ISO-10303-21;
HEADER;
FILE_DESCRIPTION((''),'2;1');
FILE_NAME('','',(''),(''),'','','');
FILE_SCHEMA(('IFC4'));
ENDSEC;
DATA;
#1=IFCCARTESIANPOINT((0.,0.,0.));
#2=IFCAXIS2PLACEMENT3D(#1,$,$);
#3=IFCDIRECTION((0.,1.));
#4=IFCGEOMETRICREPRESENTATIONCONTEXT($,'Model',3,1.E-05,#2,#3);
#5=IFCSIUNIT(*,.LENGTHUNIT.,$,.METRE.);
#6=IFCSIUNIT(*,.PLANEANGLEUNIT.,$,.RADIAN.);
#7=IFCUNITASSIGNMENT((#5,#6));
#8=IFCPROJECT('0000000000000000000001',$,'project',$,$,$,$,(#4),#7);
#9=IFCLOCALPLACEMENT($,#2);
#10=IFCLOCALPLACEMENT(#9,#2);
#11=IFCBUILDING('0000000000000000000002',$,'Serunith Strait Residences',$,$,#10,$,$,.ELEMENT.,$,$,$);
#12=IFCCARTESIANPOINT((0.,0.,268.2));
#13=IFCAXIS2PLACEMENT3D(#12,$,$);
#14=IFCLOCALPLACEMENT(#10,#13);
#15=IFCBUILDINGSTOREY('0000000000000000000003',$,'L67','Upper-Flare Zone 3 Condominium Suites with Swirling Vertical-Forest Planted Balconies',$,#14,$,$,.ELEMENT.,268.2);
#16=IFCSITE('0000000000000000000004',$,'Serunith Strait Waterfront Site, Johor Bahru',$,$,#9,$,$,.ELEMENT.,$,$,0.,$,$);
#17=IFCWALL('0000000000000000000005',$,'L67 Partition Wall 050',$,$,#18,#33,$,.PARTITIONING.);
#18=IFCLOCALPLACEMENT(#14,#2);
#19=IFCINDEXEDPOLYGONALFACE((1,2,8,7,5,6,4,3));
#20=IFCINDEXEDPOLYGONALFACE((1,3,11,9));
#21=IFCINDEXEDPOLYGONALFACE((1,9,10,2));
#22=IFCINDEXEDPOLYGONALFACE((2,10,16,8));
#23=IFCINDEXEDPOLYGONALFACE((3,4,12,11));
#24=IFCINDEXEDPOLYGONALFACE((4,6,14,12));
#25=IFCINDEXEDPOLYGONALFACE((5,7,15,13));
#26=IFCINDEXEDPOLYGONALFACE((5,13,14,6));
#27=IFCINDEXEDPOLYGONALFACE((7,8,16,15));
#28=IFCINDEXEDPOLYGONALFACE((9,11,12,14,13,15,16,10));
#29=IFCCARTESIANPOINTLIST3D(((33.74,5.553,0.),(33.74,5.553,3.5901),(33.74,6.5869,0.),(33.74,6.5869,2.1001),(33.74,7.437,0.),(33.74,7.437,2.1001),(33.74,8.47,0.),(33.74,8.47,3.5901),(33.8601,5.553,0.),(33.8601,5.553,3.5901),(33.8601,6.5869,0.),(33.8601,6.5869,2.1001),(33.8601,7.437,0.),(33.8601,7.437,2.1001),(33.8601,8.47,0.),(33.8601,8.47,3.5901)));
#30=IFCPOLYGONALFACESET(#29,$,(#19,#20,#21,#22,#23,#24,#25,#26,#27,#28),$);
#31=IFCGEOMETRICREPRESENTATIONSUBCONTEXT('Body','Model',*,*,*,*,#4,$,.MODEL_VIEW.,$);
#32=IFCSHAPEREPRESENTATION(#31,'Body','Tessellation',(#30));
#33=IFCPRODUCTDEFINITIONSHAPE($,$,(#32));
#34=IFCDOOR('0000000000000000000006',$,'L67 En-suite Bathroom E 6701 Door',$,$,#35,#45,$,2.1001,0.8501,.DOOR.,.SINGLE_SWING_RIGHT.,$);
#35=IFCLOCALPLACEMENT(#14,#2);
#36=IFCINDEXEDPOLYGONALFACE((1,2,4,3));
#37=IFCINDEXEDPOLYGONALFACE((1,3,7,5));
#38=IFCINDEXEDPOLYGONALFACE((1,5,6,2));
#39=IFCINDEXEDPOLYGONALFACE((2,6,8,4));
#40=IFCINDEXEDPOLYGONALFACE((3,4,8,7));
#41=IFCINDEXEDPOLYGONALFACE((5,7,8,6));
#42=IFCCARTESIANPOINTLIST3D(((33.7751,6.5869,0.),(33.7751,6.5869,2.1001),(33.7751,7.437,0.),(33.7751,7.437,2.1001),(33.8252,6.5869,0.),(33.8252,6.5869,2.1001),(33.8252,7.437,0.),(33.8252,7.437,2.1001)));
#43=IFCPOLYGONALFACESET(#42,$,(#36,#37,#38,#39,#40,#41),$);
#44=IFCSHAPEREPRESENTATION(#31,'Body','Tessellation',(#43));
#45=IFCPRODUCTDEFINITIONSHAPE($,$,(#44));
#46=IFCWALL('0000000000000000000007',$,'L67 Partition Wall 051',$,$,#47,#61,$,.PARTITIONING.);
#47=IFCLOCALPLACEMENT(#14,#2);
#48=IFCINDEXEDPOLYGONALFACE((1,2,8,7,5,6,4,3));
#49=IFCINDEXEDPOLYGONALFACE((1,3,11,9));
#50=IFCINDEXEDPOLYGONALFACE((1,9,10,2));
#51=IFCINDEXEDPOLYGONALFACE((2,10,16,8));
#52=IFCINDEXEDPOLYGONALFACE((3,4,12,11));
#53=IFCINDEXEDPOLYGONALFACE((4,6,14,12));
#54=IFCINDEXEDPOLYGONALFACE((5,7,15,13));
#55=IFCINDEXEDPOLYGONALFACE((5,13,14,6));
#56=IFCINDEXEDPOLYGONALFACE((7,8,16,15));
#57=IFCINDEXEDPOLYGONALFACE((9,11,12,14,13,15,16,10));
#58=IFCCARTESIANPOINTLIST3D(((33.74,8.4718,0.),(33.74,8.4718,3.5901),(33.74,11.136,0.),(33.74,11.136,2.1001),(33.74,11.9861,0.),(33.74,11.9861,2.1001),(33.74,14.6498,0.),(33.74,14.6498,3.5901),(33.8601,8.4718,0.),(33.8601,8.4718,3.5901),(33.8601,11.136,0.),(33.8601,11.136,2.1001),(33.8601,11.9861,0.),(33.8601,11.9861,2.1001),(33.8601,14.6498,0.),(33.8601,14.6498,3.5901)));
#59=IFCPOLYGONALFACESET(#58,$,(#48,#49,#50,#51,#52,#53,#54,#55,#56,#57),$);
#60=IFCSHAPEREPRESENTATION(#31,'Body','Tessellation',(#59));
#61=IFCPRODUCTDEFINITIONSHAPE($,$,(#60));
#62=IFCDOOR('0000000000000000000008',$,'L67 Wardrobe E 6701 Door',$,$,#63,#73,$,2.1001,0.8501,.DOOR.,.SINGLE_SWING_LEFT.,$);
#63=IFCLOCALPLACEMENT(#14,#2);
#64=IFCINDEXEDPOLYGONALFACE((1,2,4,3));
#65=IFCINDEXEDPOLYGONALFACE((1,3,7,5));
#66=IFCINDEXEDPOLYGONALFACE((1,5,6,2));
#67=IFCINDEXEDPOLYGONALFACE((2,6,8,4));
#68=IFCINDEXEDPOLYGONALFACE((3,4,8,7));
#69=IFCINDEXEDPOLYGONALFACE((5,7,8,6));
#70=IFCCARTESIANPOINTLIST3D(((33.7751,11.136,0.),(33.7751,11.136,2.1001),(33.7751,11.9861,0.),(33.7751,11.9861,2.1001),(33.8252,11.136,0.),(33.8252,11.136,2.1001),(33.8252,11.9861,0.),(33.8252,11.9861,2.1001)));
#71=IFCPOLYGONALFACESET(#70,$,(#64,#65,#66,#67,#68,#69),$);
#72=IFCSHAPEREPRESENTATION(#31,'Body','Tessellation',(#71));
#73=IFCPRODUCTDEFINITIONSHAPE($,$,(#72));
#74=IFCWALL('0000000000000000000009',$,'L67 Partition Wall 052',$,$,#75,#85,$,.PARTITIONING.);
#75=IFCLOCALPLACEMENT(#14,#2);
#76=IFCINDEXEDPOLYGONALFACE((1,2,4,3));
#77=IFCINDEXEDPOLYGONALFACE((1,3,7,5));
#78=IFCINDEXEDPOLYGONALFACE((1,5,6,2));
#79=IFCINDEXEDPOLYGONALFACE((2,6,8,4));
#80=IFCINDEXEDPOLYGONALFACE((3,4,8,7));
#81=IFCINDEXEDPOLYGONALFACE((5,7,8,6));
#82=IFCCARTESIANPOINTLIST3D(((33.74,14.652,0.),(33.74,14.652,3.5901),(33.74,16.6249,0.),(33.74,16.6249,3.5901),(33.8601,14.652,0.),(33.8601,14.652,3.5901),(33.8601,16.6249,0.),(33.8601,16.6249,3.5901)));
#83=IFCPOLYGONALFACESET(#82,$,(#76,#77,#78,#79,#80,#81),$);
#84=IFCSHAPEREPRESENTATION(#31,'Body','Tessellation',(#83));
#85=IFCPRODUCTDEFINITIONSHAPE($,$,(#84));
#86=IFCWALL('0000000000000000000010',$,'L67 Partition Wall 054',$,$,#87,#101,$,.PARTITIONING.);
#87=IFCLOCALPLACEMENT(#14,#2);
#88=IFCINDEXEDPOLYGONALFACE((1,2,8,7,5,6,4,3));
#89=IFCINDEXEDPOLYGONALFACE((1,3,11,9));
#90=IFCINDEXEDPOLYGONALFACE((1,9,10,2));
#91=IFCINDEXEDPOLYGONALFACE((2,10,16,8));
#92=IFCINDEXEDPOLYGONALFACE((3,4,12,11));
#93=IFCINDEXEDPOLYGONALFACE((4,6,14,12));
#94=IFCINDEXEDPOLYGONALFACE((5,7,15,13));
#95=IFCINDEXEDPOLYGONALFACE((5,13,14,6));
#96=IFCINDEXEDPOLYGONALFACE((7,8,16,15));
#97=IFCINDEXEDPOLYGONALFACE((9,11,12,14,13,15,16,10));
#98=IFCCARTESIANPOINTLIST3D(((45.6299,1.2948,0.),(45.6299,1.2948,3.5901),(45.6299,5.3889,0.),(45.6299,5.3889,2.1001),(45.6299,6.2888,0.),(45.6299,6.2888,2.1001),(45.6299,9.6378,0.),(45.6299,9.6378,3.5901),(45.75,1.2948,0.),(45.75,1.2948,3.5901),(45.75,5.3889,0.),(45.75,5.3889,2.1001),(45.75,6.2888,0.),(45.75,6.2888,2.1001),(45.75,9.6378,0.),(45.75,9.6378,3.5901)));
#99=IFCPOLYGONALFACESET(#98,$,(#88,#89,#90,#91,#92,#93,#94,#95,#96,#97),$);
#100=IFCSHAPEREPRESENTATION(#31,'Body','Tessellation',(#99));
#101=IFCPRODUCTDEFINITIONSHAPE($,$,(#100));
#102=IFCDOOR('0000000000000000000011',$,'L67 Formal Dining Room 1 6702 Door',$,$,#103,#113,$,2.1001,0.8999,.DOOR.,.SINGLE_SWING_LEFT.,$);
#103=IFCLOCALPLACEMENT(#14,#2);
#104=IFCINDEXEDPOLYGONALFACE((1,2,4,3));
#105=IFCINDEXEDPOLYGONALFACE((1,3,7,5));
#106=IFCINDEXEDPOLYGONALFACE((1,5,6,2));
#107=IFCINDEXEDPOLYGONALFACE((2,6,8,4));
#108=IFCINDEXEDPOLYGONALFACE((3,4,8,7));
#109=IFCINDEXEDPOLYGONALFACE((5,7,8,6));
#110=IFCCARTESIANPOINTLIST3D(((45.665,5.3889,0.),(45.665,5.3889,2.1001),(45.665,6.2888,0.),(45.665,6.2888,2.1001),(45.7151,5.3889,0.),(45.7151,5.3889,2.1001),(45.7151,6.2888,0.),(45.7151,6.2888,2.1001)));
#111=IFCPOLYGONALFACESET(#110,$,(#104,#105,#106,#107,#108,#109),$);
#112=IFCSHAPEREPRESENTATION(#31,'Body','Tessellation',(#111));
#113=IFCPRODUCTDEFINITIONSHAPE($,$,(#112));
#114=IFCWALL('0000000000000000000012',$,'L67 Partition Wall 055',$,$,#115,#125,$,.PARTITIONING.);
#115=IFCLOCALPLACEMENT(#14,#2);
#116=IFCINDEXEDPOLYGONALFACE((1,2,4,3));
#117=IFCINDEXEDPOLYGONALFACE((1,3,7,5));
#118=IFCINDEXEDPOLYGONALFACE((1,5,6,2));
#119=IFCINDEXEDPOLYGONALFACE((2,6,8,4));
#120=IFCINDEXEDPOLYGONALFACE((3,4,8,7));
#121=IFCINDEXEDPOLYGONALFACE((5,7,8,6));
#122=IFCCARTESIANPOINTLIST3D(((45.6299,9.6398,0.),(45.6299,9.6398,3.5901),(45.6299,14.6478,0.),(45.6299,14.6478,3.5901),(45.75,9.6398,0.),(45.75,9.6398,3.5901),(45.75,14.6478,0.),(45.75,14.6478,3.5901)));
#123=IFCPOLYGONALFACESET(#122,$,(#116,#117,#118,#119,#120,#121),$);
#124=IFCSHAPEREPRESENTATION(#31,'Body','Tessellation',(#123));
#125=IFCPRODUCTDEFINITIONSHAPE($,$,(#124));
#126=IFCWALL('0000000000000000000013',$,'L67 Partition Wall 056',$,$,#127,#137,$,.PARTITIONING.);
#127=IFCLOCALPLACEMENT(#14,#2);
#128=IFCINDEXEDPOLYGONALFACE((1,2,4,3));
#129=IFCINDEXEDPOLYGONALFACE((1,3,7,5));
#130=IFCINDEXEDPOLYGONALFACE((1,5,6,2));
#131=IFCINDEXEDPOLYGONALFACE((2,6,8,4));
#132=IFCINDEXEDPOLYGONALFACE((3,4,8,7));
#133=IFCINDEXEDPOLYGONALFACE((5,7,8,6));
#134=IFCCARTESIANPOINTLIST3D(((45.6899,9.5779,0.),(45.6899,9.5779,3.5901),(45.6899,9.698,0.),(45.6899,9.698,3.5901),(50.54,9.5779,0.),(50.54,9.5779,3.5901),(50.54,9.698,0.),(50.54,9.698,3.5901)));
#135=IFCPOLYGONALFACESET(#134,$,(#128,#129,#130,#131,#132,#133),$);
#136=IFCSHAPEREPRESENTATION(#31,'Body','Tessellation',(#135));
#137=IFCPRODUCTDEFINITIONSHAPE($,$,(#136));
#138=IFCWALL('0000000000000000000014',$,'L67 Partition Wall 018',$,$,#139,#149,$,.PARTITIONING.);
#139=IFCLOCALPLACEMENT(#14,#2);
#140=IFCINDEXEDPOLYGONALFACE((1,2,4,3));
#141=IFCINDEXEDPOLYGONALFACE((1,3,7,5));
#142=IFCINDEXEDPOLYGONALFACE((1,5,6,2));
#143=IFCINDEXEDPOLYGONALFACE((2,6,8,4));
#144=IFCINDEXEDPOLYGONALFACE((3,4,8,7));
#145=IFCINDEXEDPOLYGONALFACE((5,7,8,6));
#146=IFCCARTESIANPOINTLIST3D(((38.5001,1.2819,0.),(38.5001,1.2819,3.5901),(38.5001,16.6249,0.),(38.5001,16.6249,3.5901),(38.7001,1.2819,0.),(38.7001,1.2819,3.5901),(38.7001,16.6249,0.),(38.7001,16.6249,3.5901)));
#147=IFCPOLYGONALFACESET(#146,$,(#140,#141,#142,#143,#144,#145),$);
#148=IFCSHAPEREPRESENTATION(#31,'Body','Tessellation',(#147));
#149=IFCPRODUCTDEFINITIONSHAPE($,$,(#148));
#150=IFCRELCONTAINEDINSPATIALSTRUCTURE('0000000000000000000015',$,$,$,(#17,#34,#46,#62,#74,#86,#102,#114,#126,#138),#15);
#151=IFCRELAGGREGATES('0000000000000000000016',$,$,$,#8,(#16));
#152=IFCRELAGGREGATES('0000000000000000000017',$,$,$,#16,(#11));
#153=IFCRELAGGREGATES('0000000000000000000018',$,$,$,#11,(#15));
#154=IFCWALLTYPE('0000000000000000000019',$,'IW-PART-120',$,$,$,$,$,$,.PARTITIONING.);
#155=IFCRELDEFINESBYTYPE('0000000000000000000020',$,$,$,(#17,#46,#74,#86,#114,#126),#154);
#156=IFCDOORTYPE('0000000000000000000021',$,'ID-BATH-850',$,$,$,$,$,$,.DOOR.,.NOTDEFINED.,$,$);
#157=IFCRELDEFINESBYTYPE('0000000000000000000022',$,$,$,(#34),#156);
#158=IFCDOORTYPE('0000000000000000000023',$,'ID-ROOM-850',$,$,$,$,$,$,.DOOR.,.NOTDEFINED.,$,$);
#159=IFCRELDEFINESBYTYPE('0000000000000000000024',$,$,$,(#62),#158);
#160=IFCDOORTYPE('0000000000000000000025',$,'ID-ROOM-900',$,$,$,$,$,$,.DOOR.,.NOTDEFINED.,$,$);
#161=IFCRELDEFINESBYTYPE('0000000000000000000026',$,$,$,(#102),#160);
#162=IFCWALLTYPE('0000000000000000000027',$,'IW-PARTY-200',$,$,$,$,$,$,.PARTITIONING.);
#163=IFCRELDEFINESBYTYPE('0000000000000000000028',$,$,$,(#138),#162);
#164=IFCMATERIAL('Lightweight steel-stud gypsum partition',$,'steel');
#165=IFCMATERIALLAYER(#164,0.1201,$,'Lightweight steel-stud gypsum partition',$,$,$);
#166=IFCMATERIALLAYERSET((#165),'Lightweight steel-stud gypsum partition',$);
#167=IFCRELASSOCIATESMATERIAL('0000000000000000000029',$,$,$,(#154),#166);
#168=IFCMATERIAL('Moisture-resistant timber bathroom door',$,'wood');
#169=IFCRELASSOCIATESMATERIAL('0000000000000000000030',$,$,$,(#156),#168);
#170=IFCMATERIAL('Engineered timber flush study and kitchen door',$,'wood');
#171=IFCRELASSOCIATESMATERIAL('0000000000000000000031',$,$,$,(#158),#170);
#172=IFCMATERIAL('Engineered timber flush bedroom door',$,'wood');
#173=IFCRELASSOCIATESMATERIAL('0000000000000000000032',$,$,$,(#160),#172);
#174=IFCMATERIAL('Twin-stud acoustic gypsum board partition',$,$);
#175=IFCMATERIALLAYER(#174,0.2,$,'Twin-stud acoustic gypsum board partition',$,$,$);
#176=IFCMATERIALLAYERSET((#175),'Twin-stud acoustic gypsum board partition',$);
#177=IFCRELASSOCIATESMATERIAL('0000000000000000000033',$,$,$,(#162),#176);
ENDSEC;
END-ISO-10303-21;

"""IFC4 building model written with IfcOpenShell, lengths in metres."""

from ifc_helpers import new_model, si_unit, direction, frame, frame_2d, origin, place, context, subcontext, project, spatial, rectangle, extrude, source, transform, mapped, material, layer, layer_set, type_object, element, fill, save


model = new_model("IFC4")

# Units and contexts
model_context = context("Model", 3, precision=1e-05, world=origin(), true_north=direction((0.0, 1.0)))
body_context = subcontext(model_context, "Body", "Model", "MODEL_VIEW")
ifc_project = project(units=[si_unit("LENGTHUNIT", "METRE"), si_unit("PLANEANGLEUNIT", "RADIAN")], contexts=[model_context])

# Site, building, storey
site_placement = place(None, origin())
site = spatial("IfcSite", under=ifc_project, at=site_placement, Name="Serunith Strait Waterfront Site, Johor Bahru", CompositionType="ELEMENT", RefElevation=0.0)
building_placement = place(site_placement, origin())
building = spatial("IfcBuilding", under=site, at=building_placement, Name="Serunith Strait Residences", CompositionType="ELEMENT")
storey_placement = place(building_placement, frame((0.0, 0.0, 268.2)))
storey = spatial("IfcBuildingStorey", under=building, at=storey_placement, Name="L67", Description="Upper-Flare Zone 3 Condominium Suites with Swirling Vertical-Forest Planted Balconies", CompositionType="ELEMENT", Elevation=268.2)

# Shared definitions
ifc_material_1 = material(Name="Lightweight steel-stud gypsum partition", Category="steel")
ifc_layer_1 = layer(ifc_material_1, 0.1201, Name="Lightweight steel-stud gypsum partition")
ifc_layer_set_1 = layer_set([ifc_layer_1], Name="Lightweight steel-stud gypsum partition")
wall_type_1 = type_object("IfcWallType", Name="IW-PART-120", PredefinedType="PARTITIONING", material=ifc_layer_set_1)

# Walls, openings, doors
wall_1_placement = place(storey_placement, frame((33.8, 5.553, 0.0), z_axis=(0.0, 0.0, 1.0), x_axis=(0.0, 1.0, 0.0)))
wall_1 = element("IfcWall", 1, at=wall_1_placement, inside=storey, type_object=wall_type_1, Name="L67 Partition Wall 050", PredefinedType="PARTITIONING", context=body_context, shape_type="SweptSolid", body=[
    extrude(rectangle(XDim=2.917, YDim=0.1201, at=frame_2d((1.4585, 0.0))), origin(), (0.0, 0.0, 1.0), 3.5901),
])
opening_1_placement = place(wall_1_placement, frame((1.0339, 0.0, 0.0)))
opening_1 = element("IfcOpeningElement", 2, at=opening_1_placement, cuts=wall_1, PredefinedType="OPENING", context=body_context, shape_type="SweptSolid", body=[
    extrude(rectangle(XDim=0.8501, YDim=2.1001, at=frame_2d((0.425, 1.05))), frame((0.0, 0.0701, 0.0), z_axis=(0.0, -1.0, 0.0), x_axis=(1.0, 0.0, 0.0)), (0.0, 0.0, 1.0), 0.1401),
])
ifc_material_2 = material(Name="Moisture-resistant timber bathroom door", Category="wood")
door_type_1 = type_object("IfcDoorType", Name="ID-BATH-850", OperationType="NOTDEFINED", PredefinedType="DOOR", material=ifc_material_2)
shared_shape_1 = source(origin(), body_context, "Body", "SweptSolid", [
    extrude(rectangle(XDim=0.8501, YDim=2.1001, at=frame_2d((0.425, 1.05))), frame((0.0, 0.0249, 0.0), z_axis=(0.0, -1.0, 0.0), x_axis=(1.0, 0.0, 0.0)), (0.0, 0.0, 1.0), 0.05),
])
door_1_placement = place(opening_1_placement, origin())
door_1 = element("IfcDoor", 3, at=door_1_placement, inside=storey, type_object=door_type_1, Name="L67 En-suite Bathroom E 6701 Door", OperationType="SINGLE_SWING_RIGHT", OverallHeight=2.1001, OverallWidth=0.8501, PredefinedType="DOOR", context=body_context, shape_type="MappedRepresentation", body=[
    mapped(shared_shape_1, transform((0.0, 0.0, 0.0), scale=1.0)),
])
fill(opening_1, door_1)
wall_2_placement = place(storey_placement, frame((33.8, 8.4719, 0.0), z_axis=(0.0, 0.0, 1.0), x_axis=(0.0, 1.0, 0.0)))
wall_2 = element("IfcWall", 4, at=wall_2_placement, inside=storey, type_object=wall_type_1, Name="L67 Partition Wall 051", PredefinedType="PARTITIONING", context=body_context, shape_type="SweptSolid", body=[
    extrude(rectangle(XDim=6.178, YDim=0.1201, at=frame_2d((3.0889, 0.0))), origin(), (0.0, 0.0, 1.0), 3.5901),
])
opening_2_placement = place(wall_2_placement, frame((2.6641, 0.0, 0.0)))
opening_2 = element("IfcOpeningElement", 5, at=opening_2_placement, cuts=wall_2, PredefinedType="OPENING", context=body_context, shape_type="SweptSolid", body=[
    extrude(rectangle(XDim=0.8501, YDim=2.1001, at=frame_2d((0.425, 1.05))), frame((0.0, 0.0701, 0.0), z_axis=(0.0, -1.0, 0.0), x_axis=(1.0, 0.0, 0.0)), (0.0, 0.0, 1.0), 0.1401),
])
ifc_material_3 = material(Name="Engineered timber flush study and kitchen door", Category="wood")
door_type_2 = type_object("IfcDoorType", Name="ID-ROOM-850", OperationType="NOTDEFINED", PredefinedType="DOOR", material=ifc_material_3)
door_2_placement = place(opening_2_placement, origin())
door_2 = element("IfcDoor", 6, at=door_2_placement, inside=storey, type_object=door_type_2, Name="L67 Wardrobe E 6701 Door", OperationType="SINGLE_SWING_LEFT", OverallHeight=2.1001, OverallWidth=0.8501, PredefinedType="DOOR", context=body_context, shape_type="MappedRepresentation", body=[
    mapped(shared_shape_1, transform((0.0, 0.0, 0.0), scale=1.0)),
])
fill(opening_2, door_2)

# Wall
wall_3_placement = place(storey_placement, frame((33.8, 14.6521, 0.0), z_axis=(0.0, 0.0, 1.0), x_axis=(0.0, 1.0, 0.0)))
element("IfcWall", 7, at=wall_3_placement, inside=storey, type_object=wall_type_1, Name="L67 Partition Wall 052", PredefinedType="PARTITIONING", context=body_context, shape_type="SweptSolid", body=[
    extrude(rectangle(XDim=1.9729, YDim=0.1201, at=frame_2d((0.9863, 0.0))), origin(), (0.0, 0.0, 1.0), 3.5901),
])

# Wall, opening, door
wall_4_placement = place(storey_placement, frame((45.6899, 1.2949, 0.0), z_axis=(0.0, 0.0, 1.0), x_axis=(0.0, 1.0, 0.0)))
wall_4 = element("IfcWall", 8, at=wall_4_placement, inside=storey, type_object=wall_type_1, Name="L67 Partition Wall 054", PredefinedType="PARTITIONING", context=body_context, shape_type="SweptSolid", body=[
    extrude(rectangle(XDim=8.343, YDim=0.1201, at=frame_2d((4.1714, 0.0))), origin(), (0.0, 0.0, 1.0), 3.5901),
])
opening_3_placement = place(wall_4_placement, frame((4.094, 0.0, 0.0)))
opening_3 = element("IfcOpeningElement", 9, at=opening_3_placement, cuts=wall_4, PredefinedType="OPENING", context=body_context, shape_type="SweptSolid", body=[
    extrude(rectangle(XDim=0.8999, YDim=2.1001, at=frame_2d((0.45, 1.05))), frame((0.0, 0.0701, 0.0), z_axis=(0.0, -1.0, 0.0), x_axis=(1.0, 0.0, 0.0)), (0.0, 0.0, 1.0), 0.1401),
])
ifc_material_4 = material(Name="Engineered timber flush bedroom door", Category="wood")
door_type_3 = type_object("IfcDoorType", Name="ID-ROOM-900", OperationType="NOTDEFINED", PredefinedType="DOOR", material=ifc_material_4)
shared_shape_2 = source(origin(), body_context, "Body", "SweptSolid", [
    extrude(rectangle(XDim=0.8999, YDim=2.1001, at=frame_2d((0.45, 1.05))), frame((0.0, 0.0249, 0.0), z_axis=(0.0, -1.0, 0.0), x_axis=(1.0, 0.0, 0.0)), (0.0, 0.0, 1.0), 0.05),
])
door_3_placement = place(opening_3_placement, origin())
door_3 = element("IfcDoor", 10, at=door_3_placement, inside=storey, type_object=door_type_3, Name="L67 Formal Dining Room 1 6702 Door", OperationType="SINGLE_SWING_LEFT", OverallHeight=2.1001, OverallWidth=0.8999, PredefinedType="DOOR", context=body_context, shape_type="MappedRepresentation", body=[
    mapped(shared_shape_2, transform((0.0, 0.0, 0.0), scale=1.0)),
])
fill(opening_3, door_3)

# Walls
wall_5_placement = place(storey_placement, frame((45.6899, 9.6399, 0.0), z_axis=(0.0, 0.0, 1.0), x_axis=(0.0, 1.0, 0.0)))
element("IfcWall", 11, at=wall_5_placement, inside=storey, type_object=wall_type_1, Name="L67 Partition Wall 055", PredefinedType="PARTITIONING", context=body_context, shape_type="SweptSolid", body=[
    extrude(rectangle(XDim=5.0081, YDim=0.1201, at=frame_2d((2.5039, 0.0))), origin(), (0.0, 0.0, 1.0), 3.5901),
])
wall_6_placement = place(storey_placement, frame((45.6899, 9.6379, 0.0), z_axis=(0.0, 0.0, 1.0), x_axis=(1.0, 0.0, 0.0)))
element("IfcWall", 12, at=wall_6_placement, inside=storey, type_object=wall_type_1, Name="L67 Partition Wall 056", PredefinedType="PARTITIONING", context=body_context, shape_type="SweptSolid", body=[
    extrude(rectangle(XDim=4.8501, YDim=0.1201, at=frame_2d((2.425, 0.0))), origin(), (0.0, 0.0, 1.0), 3.5901),
])
ifc_material_5 = material(Name="Twin-stud acoustic gypsum board partition")
ifc_layer_2 = layer(ifc_material_5, 0.2, Name="Twin-stud acoustic gypsum board partition")
ifc_layer_set_2 = layer_set([ifc_layer_2], Name="Twin-stud acoustic gypsum board partition")
wall_type_2 = type_object("IfcWallType", Name="IW-PARTY-200", PredefinedType="PARTITIONING", material=ifc_layer_set_2)
wall_7_placement = place(storey_placement, frame((38.6001, 1.282, 0.0), z_axis=(0.0, 0.0, 1.0), x_axis=(0.0, 1.0, 0.0)))
element("IfcWall", 13, at=wall_7_placement, inside=storey, type_object=wall_type_2, Name="L67 Partition Wall 018", PredefinedType="PARTITIONING", context=body_context, shape_type="SweptSolid", body=[
    extrude(rectangle(XDim=15.343, YDim=0.2, at=frame_2d((7.6714, 0.0))), origin(), (0.0, 0.0, 1.0), 3.5901),
])

save(model, "model.ifc")
